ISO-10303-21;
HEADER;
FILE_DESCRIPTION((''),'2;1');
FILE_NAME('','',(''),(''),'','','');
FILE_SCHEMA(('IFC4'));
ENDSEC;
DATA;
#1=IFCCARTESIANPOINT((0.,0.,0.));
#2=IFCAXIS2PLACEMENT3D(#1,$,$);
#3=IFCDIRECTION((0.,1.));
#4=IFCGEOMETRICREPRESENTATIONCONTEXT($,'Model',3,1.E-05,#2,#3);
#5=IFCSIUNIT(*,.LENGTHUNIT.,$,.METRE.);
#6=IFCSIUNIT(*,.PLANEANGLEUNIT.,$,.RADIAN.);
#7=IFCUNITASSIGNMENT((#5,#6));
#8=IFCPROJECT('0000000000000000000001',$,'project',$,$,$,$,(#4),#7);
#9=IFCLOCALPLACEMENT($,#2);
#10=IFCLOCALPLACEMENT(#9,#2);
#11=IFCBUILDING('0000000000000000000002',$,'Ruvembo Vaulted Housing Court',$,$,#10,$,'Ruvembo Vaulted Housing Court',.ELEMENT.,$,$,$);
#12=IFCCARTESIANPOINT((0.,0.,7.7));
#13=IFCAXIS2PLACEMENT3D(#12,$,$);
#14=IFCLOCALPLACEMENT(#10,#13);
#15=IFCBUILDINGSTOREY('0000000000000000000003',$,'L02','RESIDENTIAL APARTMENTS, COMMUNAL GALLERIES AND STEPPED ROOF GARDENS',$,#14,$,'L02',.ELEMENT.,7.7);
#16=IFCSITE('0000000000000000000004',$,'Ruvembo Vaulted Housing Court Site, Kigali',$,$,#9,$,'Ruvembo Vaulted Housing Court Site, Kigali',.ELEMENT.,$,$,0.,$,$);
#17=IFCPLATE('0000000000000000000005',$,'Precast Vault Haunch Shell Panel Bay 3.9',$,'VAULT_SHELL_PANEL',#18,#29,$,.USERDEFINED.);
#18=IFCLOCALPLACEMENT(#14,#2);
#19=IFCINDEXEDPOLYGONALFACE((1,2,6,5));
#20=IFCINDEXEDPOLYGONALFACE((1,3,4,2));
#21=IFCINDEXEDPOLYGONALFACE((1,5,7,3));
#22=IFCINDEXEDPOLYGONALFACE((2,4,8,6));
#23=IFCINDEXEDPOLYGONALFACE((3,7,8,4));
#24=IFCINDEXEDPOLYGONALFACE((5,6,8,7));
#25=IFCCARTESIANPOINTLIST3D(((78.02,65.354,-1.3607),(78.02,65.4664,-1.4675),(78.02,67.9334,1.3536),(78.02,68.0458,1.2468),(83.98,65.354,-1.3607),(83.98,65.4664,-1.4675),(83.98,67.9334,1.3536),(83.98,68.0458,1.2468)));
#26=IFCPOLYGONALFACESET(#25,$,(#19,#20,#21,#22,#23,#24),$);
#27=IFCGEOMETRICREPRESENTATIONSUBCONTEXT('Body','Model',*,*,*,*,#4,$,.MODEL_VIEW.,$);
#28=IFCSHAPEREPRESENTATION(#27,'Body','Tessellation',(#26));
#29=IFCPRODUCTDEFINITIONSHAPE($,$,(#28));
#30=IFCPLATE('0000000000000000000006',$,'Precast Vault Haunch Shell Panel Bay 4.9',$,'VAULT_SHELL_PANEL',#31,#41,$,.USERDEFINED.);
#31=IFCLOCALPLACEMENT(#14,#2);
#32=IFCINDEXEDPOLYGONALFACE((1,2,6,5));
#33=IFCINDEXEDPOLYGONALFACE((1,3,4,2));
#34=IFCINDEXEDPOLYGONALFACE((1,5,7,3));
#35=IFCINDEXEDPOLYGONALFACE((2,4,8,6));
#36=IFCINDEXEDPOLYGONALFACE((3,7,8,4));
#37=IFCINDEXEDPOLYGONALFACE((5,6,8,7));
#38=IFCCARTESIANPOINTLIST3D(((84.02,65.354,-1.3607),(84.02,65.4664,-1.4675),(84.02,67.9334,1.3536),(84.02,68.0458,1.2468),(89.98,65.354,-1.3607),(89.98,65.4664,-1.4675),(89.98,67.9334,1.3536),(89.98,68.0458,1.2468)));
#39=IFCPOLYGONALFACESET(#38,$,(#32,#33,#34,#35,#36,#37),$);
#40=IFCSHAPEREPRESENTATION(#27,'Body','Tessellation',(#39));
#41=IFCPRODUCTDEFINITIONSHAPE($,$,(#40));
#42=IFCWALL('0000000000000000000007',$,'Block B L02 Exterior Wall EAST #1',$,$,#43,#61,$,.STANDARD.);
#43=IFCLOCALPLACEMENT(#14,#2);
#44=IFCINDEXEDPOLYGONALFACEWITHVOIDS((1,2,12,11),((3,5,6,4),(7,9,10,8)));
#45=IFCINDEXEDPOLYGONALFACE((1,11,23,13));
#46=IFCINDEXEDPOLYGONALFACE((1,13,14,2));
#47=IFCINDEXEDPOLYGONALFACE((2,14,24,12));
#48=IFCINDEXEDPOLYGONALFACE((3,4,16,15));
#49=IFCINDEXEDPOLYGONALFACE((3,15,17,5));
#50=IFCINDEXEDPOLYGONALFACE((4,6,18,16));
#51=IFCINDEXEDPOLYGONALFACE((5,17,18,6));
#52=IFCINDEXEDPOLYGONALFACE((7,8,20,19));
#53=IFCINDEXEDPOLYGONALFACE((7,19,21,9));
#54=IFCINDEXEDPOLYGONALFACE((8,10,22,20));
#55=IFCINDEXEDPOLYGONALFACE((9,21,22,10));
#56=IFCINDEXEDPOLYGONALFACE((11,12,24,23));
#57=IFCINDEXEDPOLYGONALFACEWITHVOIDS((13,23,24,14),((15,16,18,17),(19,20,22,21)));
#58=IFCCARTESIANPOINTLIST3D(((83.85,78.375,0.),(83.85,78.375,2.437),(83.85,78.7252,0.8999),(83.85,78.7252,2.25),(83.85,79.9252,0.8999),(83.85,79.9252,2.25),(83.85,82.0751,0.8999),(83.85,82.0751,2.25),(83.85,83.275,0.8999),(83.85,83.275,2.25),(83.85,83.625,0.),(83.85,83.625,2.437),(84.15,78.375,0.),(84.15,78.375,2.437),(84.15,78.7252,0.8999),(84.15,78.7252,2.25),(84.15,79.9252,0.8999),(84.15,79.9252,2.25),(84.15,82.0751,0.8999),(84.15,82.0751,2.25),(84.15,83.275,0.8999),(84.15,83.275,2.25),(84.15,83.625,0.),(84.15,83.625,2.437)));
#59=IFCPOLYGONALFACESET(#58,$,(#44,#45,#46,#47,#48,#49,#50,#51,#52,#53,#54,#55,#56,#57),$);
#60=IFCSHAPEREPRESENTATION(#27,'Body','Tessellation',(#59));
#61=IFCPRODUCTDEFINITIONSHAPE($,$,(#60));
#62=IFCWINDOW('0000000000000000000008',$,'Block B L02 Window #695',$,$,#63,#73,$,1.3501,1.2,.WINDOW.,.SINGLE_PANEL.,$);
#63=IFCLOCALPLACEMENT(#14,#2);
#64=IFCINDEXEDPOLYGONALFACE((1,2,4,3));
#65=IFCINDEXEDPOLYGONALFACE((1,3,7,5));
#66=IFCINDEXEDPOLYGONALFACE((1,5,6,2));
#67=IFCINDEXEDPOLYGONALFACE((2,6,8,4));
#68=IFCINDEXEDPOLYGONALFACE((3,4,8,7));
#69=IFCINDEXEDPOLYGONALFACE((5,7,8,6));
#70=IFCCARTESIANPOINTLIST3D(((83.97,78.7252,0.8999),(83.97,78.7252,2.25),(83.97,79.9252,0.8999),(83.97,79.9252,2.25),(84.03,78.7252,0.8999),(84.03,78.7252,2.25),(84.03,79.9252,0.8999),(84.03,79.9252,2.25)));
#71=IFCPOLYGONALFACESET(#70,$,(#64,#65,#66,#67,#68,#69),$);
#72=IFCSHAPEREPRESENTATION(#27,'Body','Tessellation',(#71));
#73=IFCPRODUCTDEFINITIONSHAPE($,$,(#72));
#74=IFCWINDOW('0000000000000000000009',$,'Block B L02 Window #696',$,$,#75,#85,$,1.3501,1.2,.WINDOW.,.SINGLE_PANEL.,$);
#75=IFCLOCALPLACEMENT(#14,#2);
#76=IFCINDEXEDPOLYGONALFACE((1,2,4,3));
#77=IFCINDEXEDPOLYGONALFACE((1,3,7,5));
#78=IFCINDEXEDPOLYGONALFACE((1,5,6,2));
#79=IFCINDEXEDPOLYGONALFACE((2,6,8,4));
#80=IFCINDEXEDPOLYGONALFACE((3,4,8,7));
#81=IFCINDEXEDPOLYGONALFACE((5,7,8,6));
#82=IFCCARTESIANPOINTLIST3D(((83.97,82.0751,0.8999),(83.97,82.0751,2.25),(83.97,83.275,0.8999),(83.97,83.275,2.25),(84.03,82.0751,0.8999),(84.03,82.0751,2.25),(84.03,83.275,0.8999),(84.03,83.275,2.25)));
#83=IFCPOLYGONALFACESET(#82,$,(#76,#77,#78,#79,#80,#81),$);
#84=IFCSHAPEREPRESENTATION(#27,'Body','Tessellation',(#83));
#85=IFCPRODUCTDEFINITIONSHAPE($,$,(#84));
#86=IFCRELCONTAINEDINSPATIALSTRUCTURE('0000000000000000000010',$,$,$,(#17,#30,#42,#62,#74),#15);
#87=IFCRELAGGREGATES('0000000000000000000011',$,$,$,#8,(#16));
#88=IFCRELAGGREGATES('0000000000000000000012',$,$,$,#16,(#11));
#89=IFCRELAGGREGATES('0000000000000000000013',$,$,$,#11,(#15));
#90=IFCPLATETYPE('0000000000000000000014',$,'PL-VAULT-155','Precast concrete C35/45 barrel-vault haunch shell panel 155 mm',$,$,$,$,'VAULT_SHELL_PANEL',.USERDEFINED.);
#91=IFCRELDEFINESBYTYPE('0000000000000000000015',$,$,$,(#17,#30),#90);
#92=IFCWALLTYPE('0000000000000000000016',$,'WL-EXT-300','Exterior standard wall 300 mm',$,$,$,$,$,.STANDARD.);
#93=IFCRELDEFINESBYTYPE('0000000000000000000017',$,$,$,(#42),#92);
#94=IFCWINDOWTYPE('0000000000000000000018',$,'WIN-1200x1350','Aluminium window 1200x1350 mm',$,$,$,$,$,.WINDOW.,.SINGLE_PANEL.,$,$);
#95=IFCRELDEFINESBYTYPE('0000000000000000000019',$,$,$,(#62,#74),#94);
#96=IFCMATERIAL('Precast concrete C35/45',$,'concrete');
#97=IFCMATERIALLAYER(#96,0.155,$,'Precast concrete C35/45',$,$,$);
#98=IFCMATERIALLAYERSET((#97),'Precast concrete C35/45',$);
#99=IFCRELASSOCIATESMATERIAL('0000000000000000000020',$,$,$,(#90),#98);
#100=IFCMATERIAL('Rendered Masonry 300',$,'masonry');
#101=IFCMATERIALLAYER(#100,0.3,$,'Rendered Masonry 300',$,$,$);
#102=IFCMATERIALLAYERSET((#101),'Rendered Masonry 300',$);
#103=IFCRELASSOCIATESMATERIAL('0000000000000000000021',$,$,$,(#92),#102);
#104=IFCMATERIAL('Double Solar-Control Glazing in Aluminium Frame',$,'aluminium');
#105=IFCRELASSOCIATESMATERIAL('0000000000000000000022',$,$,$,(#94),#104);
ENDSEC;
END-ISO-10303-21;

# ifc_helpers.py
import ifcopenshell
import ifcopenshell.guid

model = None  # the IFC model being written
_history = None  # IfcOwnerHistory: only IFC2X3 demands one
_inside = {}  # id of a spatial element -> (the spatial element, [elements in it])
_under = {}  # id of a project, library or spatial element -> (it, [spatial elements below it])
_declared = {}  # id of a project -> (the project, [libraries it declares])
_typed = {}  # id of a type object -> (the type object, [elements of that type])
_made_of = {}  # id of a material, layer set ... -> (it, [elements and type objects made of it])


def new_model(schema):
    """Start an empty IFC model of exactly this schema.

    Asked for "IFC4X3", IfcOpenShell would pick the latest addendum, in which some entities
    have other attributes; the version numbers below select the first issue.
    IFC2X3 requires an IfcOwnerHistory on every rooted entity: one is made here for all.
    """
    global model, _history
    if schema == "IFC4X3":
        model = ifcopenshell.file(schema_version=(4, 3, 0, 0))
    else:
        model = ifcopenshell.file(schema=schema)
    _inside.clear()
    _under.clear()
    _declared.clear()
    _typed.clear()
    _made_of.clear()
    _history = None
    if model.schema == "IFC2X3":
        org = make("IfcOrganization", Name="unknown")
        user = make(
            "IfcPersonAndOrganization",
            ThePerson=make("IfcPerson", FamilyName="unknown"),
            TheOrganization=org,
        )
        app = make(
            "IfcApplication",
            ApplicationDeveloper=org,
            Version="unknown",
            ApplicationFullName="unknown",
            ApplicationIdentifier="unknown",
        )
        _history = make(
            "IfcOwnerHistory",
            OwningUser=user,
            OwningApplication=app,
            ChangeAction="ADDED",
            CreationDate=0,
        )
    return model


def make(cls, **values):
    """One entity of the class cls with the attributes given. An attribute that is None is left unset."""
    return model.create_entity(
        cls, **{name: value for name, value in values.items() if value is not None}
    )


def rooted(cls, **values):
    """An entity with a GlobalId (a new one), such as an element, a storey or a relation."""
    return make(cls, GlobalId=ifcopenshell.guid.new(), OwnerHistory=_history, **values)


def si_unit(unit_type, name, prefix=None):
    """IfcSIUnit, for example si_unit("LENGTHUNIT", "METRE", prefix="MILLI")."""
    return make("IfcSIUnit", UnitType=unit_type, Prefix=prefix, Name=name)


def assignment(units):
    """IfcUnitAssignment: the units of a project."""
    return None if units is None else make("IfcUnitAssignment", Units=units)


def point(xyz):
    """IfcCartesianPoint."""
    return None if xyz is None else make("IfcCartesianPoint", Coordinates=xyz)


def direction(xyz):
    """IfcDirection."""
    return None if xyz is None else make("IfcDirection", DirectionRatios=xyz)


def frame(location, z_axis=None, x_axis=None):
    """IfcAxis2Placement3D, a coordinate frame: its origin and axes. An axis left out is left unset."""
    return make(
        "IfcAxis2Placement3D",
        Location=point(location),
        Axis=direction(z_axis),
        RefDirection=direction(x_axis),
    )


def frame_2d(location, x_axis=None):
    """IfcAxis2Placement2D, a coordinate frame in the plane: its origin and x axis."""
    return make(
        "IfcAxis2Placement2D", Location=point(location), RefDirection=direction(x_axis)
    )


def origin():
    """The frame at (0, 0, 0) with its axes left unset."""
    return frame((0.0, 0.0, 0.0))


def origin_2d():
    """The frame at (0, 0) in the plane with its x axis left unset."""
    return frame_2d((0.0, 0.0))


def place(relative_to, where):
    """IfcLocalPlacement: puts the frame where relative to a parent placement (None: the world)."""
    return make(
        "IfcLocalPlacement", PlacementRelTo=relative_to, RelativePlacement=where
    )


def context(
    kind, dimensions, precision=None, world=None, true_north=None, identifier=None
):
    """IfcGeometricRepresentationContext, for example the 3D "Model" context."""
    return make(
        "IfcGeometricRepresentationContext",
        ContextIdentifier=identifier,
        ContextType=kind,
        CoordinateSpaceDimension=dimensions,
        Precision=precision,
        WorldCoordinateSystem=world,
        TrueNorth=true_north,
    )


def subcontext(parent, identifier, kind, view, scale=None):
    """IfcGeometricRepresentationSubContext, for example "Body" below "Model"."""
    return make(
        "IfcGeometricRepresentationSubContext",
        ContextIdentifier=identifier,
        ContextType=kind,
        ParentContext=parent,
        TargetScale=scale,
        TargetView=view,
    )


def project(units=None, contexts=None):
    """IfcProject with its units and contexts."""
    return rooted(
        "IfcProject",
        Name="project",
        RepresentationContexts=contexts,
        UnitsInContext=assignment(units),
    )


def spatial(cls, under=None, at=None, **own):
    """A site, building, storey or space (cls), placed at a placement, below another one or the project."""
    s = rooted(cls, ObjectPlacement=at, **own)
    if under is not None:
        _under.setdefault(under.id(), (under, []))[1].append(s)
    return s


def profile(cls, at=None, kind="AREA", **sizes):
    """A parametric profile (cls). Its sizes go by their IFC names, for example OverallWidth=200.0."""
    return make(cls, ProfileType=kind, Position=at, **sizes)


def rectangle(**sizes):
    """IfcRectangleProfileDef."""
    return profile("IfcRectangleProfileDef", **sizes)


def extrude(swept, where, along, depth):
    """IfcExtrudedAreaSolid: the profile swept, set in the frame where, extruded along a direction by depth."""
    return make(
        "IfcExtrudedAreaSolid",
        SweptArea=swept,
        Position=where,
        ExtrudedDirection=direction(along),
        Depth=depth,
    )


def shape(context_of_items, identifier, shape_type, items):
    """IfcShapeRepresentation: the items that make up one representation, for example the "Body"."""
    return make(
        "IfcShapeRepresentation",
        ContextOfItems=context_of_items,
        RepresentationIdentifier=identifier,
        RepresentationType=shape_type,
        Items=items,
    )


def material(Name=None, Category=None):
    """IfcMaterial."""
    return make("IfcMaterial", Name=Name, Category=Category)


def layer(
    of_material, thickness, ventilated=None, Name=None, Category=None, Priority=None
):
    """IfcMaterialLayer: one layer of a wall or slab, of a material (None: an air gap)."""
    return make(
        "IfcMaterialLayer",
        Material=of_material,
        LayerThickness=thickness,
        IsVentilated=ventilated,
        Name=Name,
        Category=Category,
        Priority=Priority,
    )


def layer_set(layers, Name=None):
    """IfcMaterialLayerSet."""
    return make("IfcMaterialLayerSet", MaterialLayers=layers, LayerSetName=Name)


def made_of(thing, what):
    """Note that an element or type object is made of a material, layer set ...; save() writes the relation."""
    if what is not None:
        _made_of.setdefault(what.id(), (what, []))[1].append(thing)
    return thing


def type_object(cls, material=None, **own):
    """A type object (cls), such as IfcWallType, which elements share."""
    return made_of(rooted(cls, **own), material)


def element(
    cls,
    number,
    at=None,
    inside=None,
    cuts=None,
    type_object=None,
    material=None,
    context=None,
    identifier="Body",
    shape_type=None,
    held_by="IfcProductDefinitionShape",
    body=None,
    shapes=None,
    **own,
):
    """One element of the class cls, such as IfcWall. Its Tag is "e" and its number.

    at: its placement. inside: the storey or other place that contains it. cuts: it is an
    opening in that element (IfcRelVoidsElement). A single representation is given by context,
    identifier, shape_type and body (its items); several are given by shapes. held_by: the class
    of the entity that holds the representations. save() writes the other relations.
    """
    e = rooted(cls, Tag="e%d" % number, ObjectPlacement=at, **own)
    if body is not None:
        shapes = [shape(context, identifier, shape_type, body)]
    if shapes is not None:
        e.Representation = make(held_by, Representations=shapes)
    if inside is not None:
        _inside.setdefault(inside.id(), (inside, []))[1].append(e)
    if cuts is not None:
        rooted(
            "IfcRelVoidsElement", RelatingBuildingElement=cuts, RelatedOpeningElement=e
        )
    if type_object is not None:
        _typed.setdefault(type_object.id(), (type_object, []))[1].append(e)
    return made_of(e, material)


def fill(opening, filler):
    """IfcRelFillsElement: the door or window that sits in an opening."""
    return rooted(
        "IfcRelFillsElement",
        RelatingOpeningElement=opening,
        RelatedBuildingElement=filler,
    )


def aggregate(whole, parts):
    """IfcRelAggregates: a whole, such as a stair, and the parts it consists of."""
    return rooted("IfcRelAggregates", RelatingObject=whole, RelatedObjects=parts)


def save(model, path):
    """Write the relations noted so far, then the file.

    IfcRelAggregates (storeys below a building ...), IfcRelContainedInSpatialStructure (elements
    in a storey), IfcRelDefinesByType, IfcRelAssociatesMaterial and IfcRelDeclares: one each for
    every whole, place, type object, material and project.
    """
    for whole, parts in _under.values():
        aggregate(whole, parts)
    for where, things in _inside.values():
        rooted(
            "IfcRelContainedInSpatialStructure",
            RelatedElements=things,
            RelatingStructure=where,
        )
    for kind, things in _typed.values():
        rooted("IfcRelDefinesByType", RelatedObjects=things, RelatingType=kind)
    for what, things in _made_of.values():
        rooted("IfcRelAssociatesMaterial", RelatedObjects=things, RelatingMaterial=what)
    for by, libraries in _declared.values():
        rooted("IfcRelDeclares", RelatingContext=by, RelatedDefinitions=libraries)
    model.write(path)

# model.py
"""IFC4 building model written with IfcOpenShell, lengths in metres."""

from ifc_helpers import new_model, si_unit, direction, frame, frame_2d, origin, origin_2d, place, context, subcontext, project, spatial, rectangle, extrude, material, layer, layer_set, type_object, element, fill, save


model = new_model("IFC4")

# Units and contexts
model_context = context("Model", 3, precision=1e-05, world=origin(), true_north=direction((0.0, 1.0)))
body_context = subcontext(model_context, "Body", "Model", "MODEL_VIEW")
ifc_project = project(units=[si_unit("LENGTHUNIT", "METRE"), si_unit("PLANEANGLEUNIT", "RADIAN")], contexts=[model_context])

# Site, building, storey
site_placement = place(None, origin())
site = spatial("IfcSite", under=ifc_project, at=site_placement, Name="Ruvembo Vaulted Housing Court Site, Kigali", LongName="Ruvembo Vaulted Housing Court Site, Kigali", CompositionType="ELEMENT", RefElevation=0.0)
building_placement = place(site_placement, origin())
building = spatial("IfcBuilding", under=site, at=building_placement, Name="Ruvembo Vaulted Housing Court", LongName="Ruvembo Vaulted Housing Court", CompositionType="ELEMENT")
storey_placement = place(building_placement, frame((0.0, 0.0, 7.7)))
storey = spatial("IfcBuildingStorey", under=building, at=storey_placement, Name="L02", Description="RESIDENTIAL APARTMENTS, COMMUNAL GALLERIES AND STEPPED ROOF GARDENS", LongName="L02", CompositionType="ELEMENT", Elevation=7.7)

# Plates
ifc_material_1 = material(Name="Precast concrete C35/45", Category="concrete")
ifc_layer_1 = layer(ifc_material_1, 0.155, Name="Precast concrete C35/45")
ifc_layer_set_1 = layer_set([ifc_layer_1], Name="Precast concrete C35/45")
plate_type_1 = type_object("IfcPlateType", Name="PL-VAULT-155", Description="Precast concrete C35/45 barrel-vault haunch shell panel 155 mm", ElementType="VAULT_SHELL_PANEL", PredefinedType="USERDEFINED", material=ifc_layer_set_1)
for number, where, z_axis, x_axis, name in (
    (1, (81.0, 66.7561, -0.1104), (0.0, -0.724894, 0.688861), (1.0, 0.0, 0.0), "Precast Vault Haunch Shell Panel Bay 3.9"),
    (2, (87.0, 66.7561, -0.1104), (0.0, -0.724894, 0.688861), (1.0, 0.0, 0.0), "Precast Vault Haunch Shell Panel Bay 4.9"),
):
    element("IfcPlate", number, at=place(storey_placement, frame(where, z_axis=z_axis, x_axis=x_axis)), inside=storey, type_object=plate_type_1, Name=name, ObjectType="VAULT_SHELL_PANEL", PredefinedType="USERDEFINED", context=body_context, shape_type="SweptSolid", body=[
        extrude(rectangle(XDim=5.96, YDim=3.7444, at=origin_2d()), origin(), (0.0, 0.0, 1.0), 0.155),
    ])

# Wall, openings, windows
ifc_material_2 = material(Name="Rendered Masonry 300", Category="masonry")
ifc_layer_2 = layer(ifc_material_2, 0.3, Name="Rendered Masonry 300")
ifc_layer_set_2 = layer_set([ifc_layer_2], Name="Rendered Masonry 300")
wall_type = type_object("IfcWallType", Name="WL-EXT-300", Description="Exterior standard wall 300 mm", PredefinedType="STANDARD", material=ifc_layer_set_2)
wall_placement = place(storey_placement, frame((84.0, 78.375, 0.0), z_axis=(0.0, 0.0, 1.0), x_axis=(0.0, 1.0, 0.0)))
wall = element("IfcWall", 3, at=wall_placement, inside=storey, type_object=wall_type, Name="Block B L02 Exterior Wall EAST #1", PredefinedType="STANDARD", context=body_context, shape_type="SweptSolid", body=[
    extrude(rectangle(XDim=5.25, YDim=0.3, at=frame_2d((2.625, 0.0))), origin(), (0.0, 0.0, 1.0), 2.437),
])
opening_1_placement = place(wall_placement, frame((0.3501, 0.0, 0.8999)))
opening_1 = element("IfcOpeningElement", 4, at=opening_1_placement, cuts=wall, PredefinedType="OPENING", context=body_context, shape_type="SweptSolid", body=[
    extrude(rectangle(XDim=1.2, YDim=1.3501, at=frame_2d((0.6001, 0.675))), frame((0.0, 0.1599, 0.0), z_axis=(0.0, -1.0, 0.0), x_axis=(1.0, 0.0, 0.0)), (0.0, 0.0, 1.0), 0.3201),
])
opening_2_placement = place(wall_placement, frame((3.7, 0.0, 0.8999)))
opening_2 = element("IfcOpeningElement", 5, at=opening_2_placement, cuts=wall, PredefinedType="OPENING", context=body_context, shape_type="SweptSolid", body=[
    extrude(rectangle(XDim=1.2, YDim=1.3501, at=frame_2d((0.6001, 0.675))), frame((0.0, 0.1599, 0.0), z_axis=(0.0, -1.0, 0.0), x_axis=(1.0, 0.0, 0.0)), (0.0, 0.0, 1.0), 0.3201),
])
ifc_material_3 = material(Name="Double Solar-Control Glazing in Aluminium Frame", Category="aluminium")
window_type = type_object("IfcWindowType", Name="WIN-1200x1350", Description="Aluminium window 1200x1350 mm", PartitioningType="SINGLE_PANEL", PredefinedType="WINDOW", material=ifc_material_3)
window_1_placement = place(opening_1_placement, origin())
window_1 = element("IfcWindow", 6, at=window_1_placement, inside=storey, type_object=window_type, Name="Block B L02 Window #695", OverallHeight=1.3501, OverallWidth=1.2, PartitioningType="SINGLE_PANEL", PredefinedType="WINDOW", context=body_context, shape_type="SweptSolid", body=[
    extrude(rectangle(XDim=1.2, YDim=1.3501, at=frame_2d((0.6001, 0.675))), frame((0.0, 0.03, 0.0), z_axis=(0.0, -1.0, 0.0), x_axis=(1.0, 0.0, 0.0)), (0.0, 0.0, 1.0), 0.0601),
])
fill(opening_1, window_1)
window_2_placement = place(opening_2_placement, origin())
window_2 = element("IfcWindow", 7, at=window_2_placement, inside=storey, type_object=window_type, Name="Block B L02 Window #696", OverallHeight=1.3501, OverallWidth=1.2, PartitioningType="SINGLE_PANEL", PredefinedType="WINDOW", context=body_context, shape_type="SweptSolid", body=[
    extrude(rectangle(XDim=1.2, YDim=1.3501, at=frame_2d((0.6001, 0.675))), frame((0.0, 0.03, 0.0), z_axis=(0.0, -1.0, 0.0), x_axis=(1.0, 0.0, 0.0)), (0.0, 0.0, 1.0), 0.0601),
])
fill(opening_2, window_2)

save(model, "model.ifc")
